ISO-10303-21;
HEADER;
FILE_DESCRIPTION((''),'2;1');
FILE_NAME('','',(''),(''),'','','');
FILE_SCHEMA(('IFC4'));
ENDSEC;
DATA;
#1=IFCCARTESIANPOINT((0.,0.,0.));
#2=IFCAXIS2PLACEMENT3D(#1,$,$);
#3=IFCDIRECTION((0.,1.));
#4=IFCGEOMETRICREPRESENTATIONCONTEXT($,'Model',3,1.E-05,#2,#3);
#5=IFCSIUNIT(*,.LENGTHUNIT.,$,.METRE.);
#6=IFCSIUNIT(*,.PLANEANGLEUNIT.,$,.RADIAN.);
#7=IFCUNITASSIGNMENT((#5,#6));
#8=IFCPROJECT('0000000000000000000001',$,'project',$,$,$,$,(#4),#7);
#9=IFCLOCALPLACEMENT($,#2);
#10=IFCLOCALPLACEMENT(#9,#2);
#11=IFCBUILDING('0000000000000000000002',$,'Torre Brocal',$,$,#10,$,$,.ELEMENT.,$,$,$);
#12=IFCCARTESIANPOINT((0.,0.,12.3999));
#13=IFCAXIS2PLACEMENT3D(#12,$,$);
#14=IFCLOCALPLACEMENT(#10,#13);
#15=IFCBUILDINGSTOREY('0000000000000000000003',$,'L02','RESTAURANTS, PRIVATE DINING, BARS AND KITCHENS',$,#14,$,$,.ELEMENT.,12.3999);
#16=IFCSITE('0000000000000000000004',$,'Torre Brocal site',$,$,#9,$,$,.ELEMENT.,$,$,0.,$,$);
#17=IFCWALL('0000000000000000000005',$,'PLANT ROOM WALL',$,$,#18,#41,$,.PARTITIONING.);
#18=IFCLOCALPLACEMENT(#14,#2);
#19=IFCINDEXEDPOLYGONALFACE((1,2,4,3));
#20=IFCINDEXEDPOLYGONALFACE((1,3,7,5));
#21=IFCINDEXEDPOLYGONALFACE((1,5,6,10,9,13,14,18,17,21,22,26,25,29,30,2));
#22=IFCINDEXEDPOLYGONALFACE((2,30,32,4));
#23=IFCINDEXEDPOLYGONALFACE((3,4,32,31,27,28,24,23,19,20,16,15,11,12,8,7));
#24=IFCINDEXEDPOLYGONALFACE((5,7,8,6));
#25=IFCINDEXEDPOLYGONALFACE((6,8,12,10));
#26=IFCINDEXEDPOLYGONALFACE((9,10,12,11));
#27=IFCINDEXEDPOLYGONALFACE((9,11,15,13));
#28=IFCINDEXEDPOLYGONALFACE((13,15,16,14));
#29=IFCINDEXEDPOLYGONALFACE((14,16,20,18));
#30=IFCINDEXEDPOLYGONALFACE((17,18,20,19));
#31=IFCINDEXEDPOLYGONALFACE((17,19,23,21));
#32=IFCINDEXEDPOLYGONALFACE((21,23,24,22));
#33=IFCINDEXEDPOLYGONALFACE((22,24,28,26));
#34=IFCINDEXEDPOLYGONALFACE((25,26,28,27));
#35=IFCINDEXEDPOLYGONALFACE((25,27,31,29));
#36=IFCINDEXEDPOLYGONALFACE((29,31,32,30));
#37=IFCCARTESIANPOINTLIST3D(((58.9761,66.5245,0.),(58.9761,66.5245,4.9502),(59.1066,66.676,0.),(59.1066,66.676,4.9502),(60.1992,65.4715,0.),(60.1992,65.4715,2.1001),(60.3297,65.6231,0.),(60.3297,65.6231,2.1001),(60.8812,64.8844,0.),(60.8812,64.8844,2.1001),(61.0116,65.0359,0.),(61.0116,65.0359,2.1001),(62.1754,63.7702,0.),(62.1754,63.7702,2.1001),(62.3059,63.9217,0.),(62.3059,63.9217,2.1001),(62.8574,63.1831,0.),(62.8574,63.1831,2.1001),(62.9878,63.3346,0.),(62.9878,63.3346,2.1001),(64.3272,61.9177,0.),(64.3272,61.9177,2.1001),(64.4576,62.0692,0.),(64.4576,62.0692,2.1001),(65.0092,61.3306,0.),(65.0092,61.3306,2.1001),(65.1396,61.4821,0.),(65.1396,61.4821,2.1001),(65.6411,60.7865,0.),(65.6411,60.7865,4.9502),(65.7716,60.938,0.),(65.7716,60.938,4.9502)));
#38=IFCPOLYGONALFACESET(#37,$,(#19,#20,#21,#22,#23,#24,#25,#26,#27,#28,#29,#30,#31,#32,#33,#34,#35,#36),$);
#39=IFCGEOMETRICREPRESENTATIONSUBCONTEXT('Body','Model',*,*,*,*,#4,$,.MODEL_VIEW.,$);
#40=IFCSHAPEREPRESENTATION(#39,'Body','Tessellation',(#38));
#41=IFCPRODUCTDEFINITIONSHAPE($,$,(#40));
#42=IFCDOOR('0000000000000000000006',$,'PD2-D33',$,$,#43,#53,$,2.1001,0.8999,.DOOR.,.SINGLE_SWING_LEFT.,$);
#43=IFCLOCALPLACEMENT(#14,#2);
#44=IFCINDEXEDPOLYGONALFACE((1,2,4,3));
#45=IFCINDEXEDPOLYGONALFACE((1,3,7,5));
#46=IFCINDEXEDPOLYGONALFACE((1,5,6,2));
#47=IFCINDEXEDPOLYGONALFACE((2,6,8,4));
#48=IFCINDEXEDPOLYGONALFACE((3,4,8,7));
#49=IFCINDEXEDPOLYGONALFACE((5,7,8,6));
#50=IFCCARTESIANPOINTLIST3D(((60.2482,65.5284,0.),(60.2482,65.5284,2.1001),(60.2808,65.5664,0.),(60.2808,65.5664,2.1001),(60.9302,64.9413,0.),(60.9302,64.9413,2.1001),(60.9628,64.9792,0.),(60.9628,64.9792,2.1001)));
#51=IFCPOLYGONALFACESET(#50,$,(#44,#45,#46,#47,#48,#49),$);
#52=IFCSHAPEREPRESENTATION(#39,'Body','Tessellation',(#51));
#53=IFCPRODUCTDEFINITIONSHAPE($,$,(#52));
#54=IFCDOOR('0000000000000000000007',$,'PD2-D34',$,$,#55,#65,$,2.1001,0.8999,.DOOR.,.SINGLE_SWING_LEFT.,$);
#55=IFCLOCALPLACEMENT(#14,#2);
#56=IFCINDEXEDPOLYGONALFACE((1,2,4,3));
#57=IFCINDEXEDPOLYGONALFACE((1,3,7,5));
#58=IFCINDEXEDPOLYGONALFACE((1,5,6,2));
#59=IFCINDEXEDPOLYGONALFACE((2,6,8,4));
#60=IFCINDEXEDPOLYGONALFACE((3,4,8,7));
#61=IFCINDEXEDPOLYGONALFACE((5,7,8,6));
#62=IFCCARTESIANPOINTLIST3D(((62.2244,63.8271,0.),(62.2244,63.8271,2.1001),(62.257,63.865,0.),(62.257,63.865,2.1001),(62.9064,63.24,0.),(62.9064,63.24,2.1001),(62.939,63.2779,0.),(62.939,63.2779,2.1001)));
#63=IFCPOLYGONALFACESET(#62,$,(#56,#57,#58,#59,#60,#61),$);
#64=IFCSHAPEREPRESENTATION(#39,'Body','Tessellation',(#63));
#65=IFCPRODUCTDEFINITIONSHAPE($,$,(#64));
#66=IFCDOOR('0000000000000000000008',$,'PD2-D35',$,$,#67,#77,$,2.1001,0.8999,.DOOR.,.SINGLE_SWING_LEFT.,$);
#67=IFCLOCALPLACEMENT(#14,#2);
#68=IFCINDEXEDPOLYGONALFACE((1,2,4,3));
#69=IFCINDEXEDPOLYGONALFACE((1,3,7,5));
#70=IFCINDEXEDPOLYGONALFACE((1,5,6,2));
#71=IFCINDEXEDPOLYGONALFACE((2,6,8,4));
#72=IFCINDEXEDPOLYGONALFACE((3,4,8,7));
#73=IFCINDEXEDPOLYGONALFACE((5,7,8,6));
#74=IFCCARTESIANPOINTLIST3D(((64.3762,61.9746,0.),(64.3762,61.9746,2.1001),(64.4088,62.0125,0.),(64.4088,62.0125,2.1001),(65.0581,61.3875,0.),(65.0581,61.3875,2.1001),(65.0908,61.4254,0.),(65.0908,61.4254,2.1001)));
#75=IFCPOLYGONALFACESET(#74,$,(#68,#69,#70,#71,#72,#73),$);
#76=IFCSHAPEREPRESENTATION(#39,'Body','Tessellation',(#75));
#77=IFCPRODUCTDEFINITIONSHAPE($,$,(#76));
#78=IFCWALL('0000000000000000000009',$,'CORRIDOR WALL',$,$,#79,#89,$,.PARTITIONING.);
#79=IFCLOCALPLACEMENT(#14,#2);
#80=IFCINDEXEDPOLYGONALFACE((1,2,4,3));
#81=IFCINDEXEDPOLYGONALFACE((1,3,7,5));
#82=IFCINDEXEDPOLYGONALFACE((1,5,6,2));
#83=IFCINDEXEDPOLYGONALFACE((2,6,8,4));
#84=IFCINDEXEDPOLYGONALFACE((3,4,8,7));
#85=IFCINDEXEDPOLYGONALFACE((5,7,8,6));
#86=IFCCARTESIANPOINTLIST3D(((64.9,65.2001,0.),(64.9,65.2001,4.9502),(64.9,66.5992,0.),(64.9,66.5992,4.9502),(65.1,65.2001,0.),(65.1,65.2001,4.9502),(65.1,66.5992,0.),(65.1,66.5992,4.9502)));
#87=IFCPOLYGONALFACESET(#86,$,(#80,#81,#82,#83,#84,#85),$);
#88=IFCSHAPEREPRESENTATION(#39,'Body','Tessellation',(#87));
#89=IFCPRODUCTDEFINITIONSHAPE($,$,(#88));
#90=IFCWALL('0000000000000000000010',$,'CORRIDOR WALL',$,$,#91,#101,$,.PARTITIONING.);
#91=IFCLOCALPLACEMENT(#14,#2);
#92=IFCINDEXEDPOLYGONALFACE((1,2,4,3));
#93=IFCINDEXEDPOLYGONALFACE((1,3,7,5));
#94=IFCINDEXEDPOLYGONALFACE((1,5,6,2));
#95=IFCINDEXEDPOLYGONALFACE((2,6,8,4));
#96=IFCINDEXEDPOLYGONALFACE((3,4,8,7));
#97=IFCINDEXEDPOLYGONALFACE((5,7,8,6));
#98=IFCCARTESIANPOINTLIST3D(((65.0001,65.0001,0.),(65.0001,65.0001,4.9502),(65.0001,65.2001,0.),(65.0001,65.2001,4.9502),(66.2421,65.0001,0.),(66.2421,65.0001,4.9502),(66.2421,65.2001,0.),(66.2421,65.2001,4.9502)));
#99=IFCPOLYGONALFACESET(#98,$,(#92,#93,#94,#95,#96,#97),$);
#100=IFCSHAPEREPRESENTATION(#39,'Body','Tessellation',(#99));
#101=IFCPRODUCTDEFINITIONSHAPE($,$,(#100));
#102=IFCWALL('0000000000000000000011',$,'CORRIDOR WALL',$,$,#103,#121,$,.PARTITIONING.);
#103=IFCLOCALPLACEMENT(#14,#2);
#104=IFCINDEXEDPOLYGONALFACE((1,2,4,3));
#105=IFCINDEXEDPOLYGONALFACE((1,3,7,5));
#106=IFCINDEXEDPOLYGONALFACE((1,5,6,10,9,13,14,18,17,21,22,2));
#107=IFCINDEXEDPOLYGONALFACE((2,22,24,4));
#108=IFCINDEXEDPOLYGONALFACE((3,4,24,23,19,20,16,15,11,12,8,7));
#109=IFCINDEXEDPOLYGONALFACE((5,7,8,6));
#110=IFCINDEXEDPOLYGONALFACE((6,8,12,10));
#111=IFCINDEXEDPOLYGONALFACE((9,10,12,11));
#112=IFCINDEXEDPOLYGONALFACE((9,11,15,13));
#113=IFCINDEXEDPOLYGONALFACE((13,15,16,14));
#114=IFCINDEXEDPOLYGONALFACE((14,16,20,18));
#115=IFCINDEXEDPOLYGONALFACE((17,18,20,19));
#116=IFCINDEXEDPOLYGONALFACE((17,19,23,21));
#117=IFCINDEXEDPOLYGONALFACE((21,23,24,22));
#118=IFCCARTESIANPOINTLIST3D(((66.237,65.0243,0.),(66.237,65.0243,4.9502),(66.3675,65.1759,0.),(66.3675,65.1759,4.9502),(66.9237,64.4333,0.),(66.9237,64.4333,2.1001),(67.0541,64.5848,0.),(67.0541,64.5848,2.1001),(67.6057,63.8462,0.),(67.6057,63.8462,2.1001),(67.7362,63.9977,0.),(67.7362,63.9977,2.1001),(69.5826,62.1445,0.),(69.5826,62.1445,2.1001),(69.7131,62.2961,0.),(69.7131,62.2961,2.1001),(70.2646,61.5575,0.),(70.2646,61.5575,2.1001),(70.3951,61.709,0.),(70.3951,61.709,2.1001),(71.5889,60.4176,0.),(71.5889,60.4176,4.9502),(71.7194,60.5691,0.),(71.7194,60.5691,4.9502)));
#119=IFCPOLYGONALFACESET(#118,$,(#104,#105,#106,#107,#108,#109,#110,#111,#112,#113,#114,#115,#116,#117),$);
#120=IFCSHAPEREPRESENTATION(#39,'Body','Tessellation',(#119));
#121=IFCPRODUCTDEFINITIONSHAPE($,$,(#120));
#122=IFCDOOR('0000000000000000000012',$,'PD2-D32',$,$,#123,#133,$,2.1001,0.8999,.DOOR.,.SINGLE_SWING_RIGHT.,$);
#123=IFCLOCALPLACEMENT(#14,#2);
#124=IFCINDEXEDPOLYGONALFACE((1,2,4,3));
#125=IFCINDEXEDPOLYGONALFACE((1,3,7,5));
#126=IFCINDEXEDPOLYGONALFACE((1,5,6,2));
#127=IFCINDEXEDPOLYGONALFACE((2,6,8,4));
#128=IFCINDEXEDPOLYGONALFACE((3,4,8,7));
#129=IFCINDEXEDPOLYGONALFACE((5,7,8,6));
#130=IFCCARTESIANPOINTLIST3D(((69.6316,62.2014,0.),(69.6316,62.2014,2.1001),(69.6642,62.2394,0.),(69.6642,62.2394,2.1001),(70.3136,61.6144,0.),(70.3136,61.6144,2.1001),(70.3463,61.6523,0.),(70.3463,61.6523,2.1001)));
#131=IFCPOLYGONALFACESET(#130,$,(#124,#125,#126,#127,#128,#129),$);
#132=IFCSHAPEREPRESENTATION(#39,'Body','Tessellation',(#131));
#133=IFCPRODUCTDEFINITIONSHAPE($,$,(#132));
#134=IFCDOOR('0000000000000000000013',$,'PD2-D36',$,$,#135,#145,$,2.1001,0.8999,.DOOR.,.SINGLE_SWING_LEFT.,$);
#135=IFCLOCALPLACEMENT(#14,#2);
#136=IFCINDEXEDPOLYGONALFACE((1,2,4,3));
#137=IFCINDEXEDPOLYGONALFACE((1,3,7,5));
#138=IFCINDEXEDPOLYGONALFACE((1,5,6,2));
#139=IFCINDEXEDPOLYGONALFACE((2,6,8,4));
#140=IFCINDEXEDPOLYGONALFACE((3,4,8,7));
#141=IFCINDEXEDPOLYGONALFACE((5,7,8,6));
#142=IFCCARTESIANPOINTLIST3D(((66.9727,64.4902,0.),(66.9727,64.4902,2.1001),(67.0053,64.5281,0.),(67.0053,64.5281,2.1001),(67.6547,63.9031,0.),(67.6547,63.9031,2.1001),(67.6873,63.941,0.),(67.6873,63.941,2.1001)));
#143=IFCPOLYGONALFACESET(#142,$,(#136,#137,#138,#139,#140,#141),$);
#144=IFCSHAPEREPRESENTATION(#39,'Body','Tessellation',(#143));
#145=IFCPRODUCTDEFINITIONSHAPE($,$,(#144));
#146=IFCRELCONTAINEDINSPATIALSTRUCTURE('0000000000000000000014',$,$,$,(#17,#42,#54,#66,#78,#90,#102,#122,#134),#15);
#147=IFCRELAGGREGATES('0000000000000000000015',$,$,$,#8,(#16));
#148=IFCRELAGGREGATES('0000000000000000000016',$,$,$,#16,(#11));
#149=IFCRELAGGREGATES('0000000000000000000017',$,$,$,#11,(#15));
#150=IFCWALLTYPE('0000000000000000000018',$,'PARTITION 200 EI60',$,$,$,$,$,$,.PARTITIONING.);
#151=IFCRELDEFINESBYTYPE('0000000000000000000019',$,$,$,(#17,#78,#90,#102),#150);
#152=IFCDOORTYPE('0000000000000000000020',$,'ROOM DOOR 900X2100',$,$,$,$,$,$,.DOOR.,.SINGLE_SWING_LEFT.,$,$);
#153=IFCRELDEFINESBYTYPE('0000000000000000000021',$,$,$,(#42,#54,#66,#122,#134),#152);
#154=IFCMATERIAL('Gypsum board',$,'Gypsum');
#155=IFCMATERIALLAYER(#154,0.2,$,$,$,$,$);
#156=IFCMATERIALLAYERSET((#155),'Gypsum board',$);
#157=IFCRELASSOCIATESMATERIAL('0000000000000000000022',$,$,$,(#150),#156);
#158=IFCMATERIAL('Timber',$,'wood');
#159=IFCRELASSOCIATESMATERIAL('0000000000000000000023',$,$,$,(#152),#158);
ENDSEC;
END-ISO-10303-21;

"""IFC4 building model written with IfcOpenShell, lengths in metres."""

from ifc_helpers import new_model, si_unit, direction, frame, frame_2d, origin, place, context, subcontext, project, spatial, rectangle, extrude, material, layer, layer_set, type_object, element, fill, save


model = new_model("IFC4")

# Units and contexts
model_context = context("Model", 3, precision=1e-05, world=origin(), true_north=direction((0.0, 1.0)))
body_context = subcontext(model_context, "Body", "Model", "MODEL_VIEW")
ifc_project = project(units=[si_unit("LENGTHUNIT", "METRE"), si_unit("PLANEANGLEUNIT", "RADIAN")], contexts=[model_context])

# Site, building, storey
site_placement = place(None, origin())
site = spatial("IfcSite", under=ifc_project, at=site_placement, Name="Torre Brocal site", CompositionType="ELEMENT", RefElevation=0.0)
building_placement = place(site_placement, origin())
building = spatial("IfcBuilding", under=site, at=building_placement, Name="Torre Brocal", CompositionType="ELEMENT")
storey_placement = place(building_placement, frame((0.0, 0.0, 12.3999)))
storey = spatial("IfcBuildingStorey", under=building, at=storey_placement, Name="L02", Description="RESTAURANTS, PRIVATE DINING, BARS AND KITCHENS", CompositionType="ELEMENT", Elevation=12.3999)

# Wall, openings, doors
ifc_material_1 = material(Name="Gypsum board", Category="Gypsum")
ifc_layer_1 = layer(ifc_material_1, 0.2)
ifc_layer_set_1 = layer_set([ifc_layer_1], Name="Gypsum board")
wall_type_1 = type_object("IfcWallType", Name="PARTITION 200 EI60", PredefinedType="PARTITIONING", material=ifc_layer_set_1)
wall_1_placement = place(storey_placement, frame((59.0413, 66.6003, 0.0), z_axis=(0.0, 0.0, 1.0), x_axis=(0.757842, -0.652438, 0.0)))
wall_1 = element("IfcWall", 1, at=wall_1_placement, inside=storey, type_object=wall_type_1, Name="PLANT ROOM WALL", PredefinedType="PARTITIONING", context=body_context, shape_type="SweptSolid", body=[
    extrude(rectangle(XDim=8.7947, YDim=0.2, at=frame_2d((4.3975, 0.0))), origin(), (0.0, 0.0, 1.0), 4.9502),
])
opening_1_placement = place(wall_1_placement, frame((1.614, 0.0, 0.0)))
opening_1 = element("IfcOpeningElement", 2, at=opening_1_placement, cuts=wall_1, PredefinedType="OPENING", context=body_context, shape_type="SweptSolid", body=[
    extrude(rectangle(XDim=0.8999, YDim=2.1001, at=frame_2d((0.45, 1.05))), frame((0.0, 0.1099, 0.0), z_axis=(0.0, -1.0, 0.0), x_axis=(1.0, 0.0, 0.0)), (0.0, 0.0, 1.0), 0.22),
])
opening_2_placement = place(wall_1_placement, frame((4.2217, 0.0, 0.0)))
opening_2 = element("IfcOpeningElement", 3, at=opening_2_placement, cuts=wall_1, PredefinedType="OPENING", context=body_context, shape_type="SweptSolid", body=[
    extrude(rectangle(XDim=0.8999, YDim=2.1001, at=frame_2d((0.45, 1.05))), frame((0.0, 0.1099, 0.0), z_axis=(0.0, -1.0, 0.0), x_axis=(1.0, 0.0, 0.0)), (0.0, 0.0, 1.0), 0.22),
])
opening_3_placement = place(wall_1_placement, frame((7.061, 0.0, 0.0)))
opening_3 = element("IfcOpeningElement", 4, at=opening_3_placement, cuts=wall_1, PredefinedType="OPENING", context=body_context, shape_type="SweptSolid", body=[
    extrude(rectangle(XDim=0.8999, YDim=2.1001, at=frame_2d((0.45, 1.05))), frame((0.0, 0.1099, 0.0), z_axis=(0.0, -1.0, 0.0), x_axis=(1.0, 0.0, 0.0)), (0.0, 0.0, 1.0), 0.22),
])
ifc_material_2 = material(Name="Timber", Category="wood")
door_type = type_object("IfcDoorType", Name="ROOM DOOR 900X2100", OperationType="SINGLE_SWING_LEFT", PredefinedType="DOOR", material=ifc_material_2)
door_1_placement = place(opening_1_placement, frame((0.8999, 0.0, 0.0), z_axis=(0.0, 0.0, 1.0), x_axis=(-1.0, 0.0, 0.0)))
door_1 = element("IfcDoor", 5, at=door_1_placement, inside=storey, type_object=door_type, Name="PD2-D33", OperationType="SINGLE_SWING_LEFT", OverallHeight=2.1001, OverallWidth=0.8999, PredefinedType="DOOR", context=body_context, shape_type="SweptSolid", body=[
    extrude(rectangle(XDim=0.8999, YDim=2.1001, at=frame_2d((0.45, 1.05))), frame((0.0, 0.0249, 0.0), z_axis=(0.0, -1.0, 0.0), x_axis=(1.0, 0.0, 0.0)), (0.0, 0.0, 1.0), 0.05),
])
fill(opening_1, door_1)
door_2_placement = place(opening_2_placement, frame((0.8999, 0.0, 0.0), z_axis=(0.0, 0.0, 1.0), x_axis=(-1.0, 0.0, 0.0)))
door_2 = element("IfcDoor", 6, at=door_2_placement, inside=storey, type_object=door_type, Name="PD2-D34", OperationType="SINGLE_SWING_LEFT", OverallHeight=2.1001, OverallWidth=0.8999, PredefinedType="DOOR", context=body_context, shape_type="SweptSolid", body=[
    extrude(rectangle(XDim=0.8999, YDim=2.1001, at=frame_2d((0.45, 1.05))), frame((0.0, 0.0249, 0.0), z_axis=(0.0, -1.0, 0.0), x_axis=(1.0, 0.0, 0.0)), (0.0, 0.0, 1.0), 0.05),
])
fill(opening_2, door_2)
door_3_placement = place(opening_3_placement, frame((0.8999, 0.0, 0.0), z_axis=(0.0, 0.0, 1.0), x_axis=(-1.0, 0.0, 0.0)))
door_3 = element("IfcDoor", 7, at=door_3_placement, inside=storey, type_object=door_type, Name="PD2-D35", OperationType="SINGLE_SWING_LEFT", OverallHeight=2.1001, OverallWidth=0.8999, PredefinedType="DOOR", context=body_context, shape_type="SweptSolid", body=[
    extrude(rectangle(XDim=0.8999, YDim=2.1001, at=frame_2d((0.45, 1.05))), frame((0.0, 0.0249, 0.0), z_axis=(0.0, -1.0, 0.0), x_axis=(1.0, 0.0, 0.0)), (0.0, 0.0, 1.0), 0.05),
])
fill(opening_3, door_3)

# Walls
wall_2_placement = place(storey_placement, frame((65.0, 65.2, 0.0), z_axis=(0.0, 0.0, 1.0), x_axis=(0.0, 1.0, 0.0)))
element("IfcWall", 8, at=wall_2_placement, inside=storey, type_object=wall_type_1, Name="CORRIDOR WALL", PredefinedType="PARTITIONING", context=body_context, shape_type="SweptSolid", body=[
    extrude(rectangle(XDim=1.3992, YDim=0.2, at=frame_2d((0.6997, 0.0))), origin(), (0.0, 0.0, 1.0), 4.9502),
])
wall_3_placement = place(storey_placement, frame((65.0, 65.1001, 0.0), z_axis=(0.0, 0.0, 1.0), x_axis=(1.0, 0.0, 0.0)))
element("IfcWall", 9, at=wall_3_placement, inside=storey, type_object=wall_type_1, Name="CORRIDOR WALL", PredefinedType="PARTITIONING", context=body_context, shape_type="SweptSolid", body=[
    extrude(rectangle(XDim=1.2419, YDim=0.2, at=frame_2d((0.6211, 0.0))), origin(), (0.0, 0.0, 1.0), 4.9502),
])

# Wall, openings, doors
wall_4_placement = place(storey_placement, frame((66.3022, 65.1001, 0.0), z_axis=(0.0, 0.0, 1.0), x_axis=(0.757896, -0.652376, 0.0)))
wall_4 = element("IfcWall", 10, at=wall_4_placement, inside=storey, type_object=wall_type_1, Name="CORRIDOR WALL", PredefinedType="PARTITIONING", context=body_context, shape_type="SweptSolid", body=[
    extrude(rectangle(XDim=7.0615, YDim=0.2, at=frame_2d((3.5308, 0.0))), origin(), (0.0, 0.0, 1.0), 4.9502),
])
opening_4_placement = place(wall_4_placement, frame((4.4143, 0.0, 0.0)))
opening_4 = element("IfcOpeningElement", 11, at=opening_4_placement, cuts=wall_4, PredefinedType="OPENING", context=body_context, shape_type="SweptSolid", body=[
    extrude(rectangle(XDim=0.8999, YDim=2.1001, at=frame_2d((0.45, 1.05))), frame((0.0, 0.1099, 0.0), z_axis=(0.0, -1.0, 0.0), x_axis=(1.0, 0.0, 0.0)), (0.0, 0.0, 1.0), 0.22),
])
opening_5_placement = place(wall_4_placement, frame((0.906, 0.0, 0.0)))
opening_5 = element("IfcOpeningElement", 12, at=opening_5_placement, cuts=wall_4, PredefinedType="OPENING", context=body_context, shape_type="SweptSolid", body=[
    extrude(rectangle(XDim=0.8999, YDim=2.1001, at=frame_2d((0.45, 1.05))), frame((0.0, 0.1099, 0.0), z_axis=(0.0, -1.0, 0.0), x_axis=(1.0, 0.0, 0.0)), (0.0, 0.0, 1.0), 0.22),
])
door_4_placement = place(opening_4_placement, frame((0.8999, 0.0, 0.0), z_axis=(0.0, 0.0, 1.0), x_axis=(-1.0, 0.0, 0.0)))
door_4 = element("IfcDoor", 13, at=door_4_placement, inside=storey, type_object=door_type, Name="PD2-D32", OperationType="SINGLE_SWING_RIGHT", OverallHeight=2.1001, OverallWidth=0.8999, PredefinedType="DOOR", context=body_context, shape_type="SweptSolid", body=[
    extrude(rectangle(XDim=0.8999, YDim=2.1001, at=frame_2d((0.45, 1.05))), frame((0.0, 0.0249, 0.0), z_axis=(0.0, -1.0, 0.0), x_axis=(1.0, 0.0, 0.0)), (0.0, 0.0, 1.0), 0.05),
])
fill(opening_4, door_4)
door_5_placement = place(opening_5_placement, frame((0.8999, 0.0, 0.0), z_axis=(0.0, 0.0, 1.0), x_axis=(-1.0, 0.0, 0.0)))
door_5 = element("IfcDoor", 14, at=door_5_placement, inside=storey, type_object=door_type, Name="PD2-D36", OperationType="SINGLE_SWING_LEFT", OverallHeight=2.1001, OverallWidth=0.8999, PredefinedType="DOOR", context=body_context, shape_type="SweptSolid", body=[
    extrude(rectangle(XDim=0.8999, YDim=2.1001, at=frame_2d((0.45, 1.05))), frame((0.0, 0.0249, 0.0), z_axis=(0.0, -1.0, 0.0), x_axis=(1.0, 0.0, 0.0)), (0.0, 0.0, 1.0), 0.05),
])
fill(opening_5, door_5)

save(model, "model.ifc")
